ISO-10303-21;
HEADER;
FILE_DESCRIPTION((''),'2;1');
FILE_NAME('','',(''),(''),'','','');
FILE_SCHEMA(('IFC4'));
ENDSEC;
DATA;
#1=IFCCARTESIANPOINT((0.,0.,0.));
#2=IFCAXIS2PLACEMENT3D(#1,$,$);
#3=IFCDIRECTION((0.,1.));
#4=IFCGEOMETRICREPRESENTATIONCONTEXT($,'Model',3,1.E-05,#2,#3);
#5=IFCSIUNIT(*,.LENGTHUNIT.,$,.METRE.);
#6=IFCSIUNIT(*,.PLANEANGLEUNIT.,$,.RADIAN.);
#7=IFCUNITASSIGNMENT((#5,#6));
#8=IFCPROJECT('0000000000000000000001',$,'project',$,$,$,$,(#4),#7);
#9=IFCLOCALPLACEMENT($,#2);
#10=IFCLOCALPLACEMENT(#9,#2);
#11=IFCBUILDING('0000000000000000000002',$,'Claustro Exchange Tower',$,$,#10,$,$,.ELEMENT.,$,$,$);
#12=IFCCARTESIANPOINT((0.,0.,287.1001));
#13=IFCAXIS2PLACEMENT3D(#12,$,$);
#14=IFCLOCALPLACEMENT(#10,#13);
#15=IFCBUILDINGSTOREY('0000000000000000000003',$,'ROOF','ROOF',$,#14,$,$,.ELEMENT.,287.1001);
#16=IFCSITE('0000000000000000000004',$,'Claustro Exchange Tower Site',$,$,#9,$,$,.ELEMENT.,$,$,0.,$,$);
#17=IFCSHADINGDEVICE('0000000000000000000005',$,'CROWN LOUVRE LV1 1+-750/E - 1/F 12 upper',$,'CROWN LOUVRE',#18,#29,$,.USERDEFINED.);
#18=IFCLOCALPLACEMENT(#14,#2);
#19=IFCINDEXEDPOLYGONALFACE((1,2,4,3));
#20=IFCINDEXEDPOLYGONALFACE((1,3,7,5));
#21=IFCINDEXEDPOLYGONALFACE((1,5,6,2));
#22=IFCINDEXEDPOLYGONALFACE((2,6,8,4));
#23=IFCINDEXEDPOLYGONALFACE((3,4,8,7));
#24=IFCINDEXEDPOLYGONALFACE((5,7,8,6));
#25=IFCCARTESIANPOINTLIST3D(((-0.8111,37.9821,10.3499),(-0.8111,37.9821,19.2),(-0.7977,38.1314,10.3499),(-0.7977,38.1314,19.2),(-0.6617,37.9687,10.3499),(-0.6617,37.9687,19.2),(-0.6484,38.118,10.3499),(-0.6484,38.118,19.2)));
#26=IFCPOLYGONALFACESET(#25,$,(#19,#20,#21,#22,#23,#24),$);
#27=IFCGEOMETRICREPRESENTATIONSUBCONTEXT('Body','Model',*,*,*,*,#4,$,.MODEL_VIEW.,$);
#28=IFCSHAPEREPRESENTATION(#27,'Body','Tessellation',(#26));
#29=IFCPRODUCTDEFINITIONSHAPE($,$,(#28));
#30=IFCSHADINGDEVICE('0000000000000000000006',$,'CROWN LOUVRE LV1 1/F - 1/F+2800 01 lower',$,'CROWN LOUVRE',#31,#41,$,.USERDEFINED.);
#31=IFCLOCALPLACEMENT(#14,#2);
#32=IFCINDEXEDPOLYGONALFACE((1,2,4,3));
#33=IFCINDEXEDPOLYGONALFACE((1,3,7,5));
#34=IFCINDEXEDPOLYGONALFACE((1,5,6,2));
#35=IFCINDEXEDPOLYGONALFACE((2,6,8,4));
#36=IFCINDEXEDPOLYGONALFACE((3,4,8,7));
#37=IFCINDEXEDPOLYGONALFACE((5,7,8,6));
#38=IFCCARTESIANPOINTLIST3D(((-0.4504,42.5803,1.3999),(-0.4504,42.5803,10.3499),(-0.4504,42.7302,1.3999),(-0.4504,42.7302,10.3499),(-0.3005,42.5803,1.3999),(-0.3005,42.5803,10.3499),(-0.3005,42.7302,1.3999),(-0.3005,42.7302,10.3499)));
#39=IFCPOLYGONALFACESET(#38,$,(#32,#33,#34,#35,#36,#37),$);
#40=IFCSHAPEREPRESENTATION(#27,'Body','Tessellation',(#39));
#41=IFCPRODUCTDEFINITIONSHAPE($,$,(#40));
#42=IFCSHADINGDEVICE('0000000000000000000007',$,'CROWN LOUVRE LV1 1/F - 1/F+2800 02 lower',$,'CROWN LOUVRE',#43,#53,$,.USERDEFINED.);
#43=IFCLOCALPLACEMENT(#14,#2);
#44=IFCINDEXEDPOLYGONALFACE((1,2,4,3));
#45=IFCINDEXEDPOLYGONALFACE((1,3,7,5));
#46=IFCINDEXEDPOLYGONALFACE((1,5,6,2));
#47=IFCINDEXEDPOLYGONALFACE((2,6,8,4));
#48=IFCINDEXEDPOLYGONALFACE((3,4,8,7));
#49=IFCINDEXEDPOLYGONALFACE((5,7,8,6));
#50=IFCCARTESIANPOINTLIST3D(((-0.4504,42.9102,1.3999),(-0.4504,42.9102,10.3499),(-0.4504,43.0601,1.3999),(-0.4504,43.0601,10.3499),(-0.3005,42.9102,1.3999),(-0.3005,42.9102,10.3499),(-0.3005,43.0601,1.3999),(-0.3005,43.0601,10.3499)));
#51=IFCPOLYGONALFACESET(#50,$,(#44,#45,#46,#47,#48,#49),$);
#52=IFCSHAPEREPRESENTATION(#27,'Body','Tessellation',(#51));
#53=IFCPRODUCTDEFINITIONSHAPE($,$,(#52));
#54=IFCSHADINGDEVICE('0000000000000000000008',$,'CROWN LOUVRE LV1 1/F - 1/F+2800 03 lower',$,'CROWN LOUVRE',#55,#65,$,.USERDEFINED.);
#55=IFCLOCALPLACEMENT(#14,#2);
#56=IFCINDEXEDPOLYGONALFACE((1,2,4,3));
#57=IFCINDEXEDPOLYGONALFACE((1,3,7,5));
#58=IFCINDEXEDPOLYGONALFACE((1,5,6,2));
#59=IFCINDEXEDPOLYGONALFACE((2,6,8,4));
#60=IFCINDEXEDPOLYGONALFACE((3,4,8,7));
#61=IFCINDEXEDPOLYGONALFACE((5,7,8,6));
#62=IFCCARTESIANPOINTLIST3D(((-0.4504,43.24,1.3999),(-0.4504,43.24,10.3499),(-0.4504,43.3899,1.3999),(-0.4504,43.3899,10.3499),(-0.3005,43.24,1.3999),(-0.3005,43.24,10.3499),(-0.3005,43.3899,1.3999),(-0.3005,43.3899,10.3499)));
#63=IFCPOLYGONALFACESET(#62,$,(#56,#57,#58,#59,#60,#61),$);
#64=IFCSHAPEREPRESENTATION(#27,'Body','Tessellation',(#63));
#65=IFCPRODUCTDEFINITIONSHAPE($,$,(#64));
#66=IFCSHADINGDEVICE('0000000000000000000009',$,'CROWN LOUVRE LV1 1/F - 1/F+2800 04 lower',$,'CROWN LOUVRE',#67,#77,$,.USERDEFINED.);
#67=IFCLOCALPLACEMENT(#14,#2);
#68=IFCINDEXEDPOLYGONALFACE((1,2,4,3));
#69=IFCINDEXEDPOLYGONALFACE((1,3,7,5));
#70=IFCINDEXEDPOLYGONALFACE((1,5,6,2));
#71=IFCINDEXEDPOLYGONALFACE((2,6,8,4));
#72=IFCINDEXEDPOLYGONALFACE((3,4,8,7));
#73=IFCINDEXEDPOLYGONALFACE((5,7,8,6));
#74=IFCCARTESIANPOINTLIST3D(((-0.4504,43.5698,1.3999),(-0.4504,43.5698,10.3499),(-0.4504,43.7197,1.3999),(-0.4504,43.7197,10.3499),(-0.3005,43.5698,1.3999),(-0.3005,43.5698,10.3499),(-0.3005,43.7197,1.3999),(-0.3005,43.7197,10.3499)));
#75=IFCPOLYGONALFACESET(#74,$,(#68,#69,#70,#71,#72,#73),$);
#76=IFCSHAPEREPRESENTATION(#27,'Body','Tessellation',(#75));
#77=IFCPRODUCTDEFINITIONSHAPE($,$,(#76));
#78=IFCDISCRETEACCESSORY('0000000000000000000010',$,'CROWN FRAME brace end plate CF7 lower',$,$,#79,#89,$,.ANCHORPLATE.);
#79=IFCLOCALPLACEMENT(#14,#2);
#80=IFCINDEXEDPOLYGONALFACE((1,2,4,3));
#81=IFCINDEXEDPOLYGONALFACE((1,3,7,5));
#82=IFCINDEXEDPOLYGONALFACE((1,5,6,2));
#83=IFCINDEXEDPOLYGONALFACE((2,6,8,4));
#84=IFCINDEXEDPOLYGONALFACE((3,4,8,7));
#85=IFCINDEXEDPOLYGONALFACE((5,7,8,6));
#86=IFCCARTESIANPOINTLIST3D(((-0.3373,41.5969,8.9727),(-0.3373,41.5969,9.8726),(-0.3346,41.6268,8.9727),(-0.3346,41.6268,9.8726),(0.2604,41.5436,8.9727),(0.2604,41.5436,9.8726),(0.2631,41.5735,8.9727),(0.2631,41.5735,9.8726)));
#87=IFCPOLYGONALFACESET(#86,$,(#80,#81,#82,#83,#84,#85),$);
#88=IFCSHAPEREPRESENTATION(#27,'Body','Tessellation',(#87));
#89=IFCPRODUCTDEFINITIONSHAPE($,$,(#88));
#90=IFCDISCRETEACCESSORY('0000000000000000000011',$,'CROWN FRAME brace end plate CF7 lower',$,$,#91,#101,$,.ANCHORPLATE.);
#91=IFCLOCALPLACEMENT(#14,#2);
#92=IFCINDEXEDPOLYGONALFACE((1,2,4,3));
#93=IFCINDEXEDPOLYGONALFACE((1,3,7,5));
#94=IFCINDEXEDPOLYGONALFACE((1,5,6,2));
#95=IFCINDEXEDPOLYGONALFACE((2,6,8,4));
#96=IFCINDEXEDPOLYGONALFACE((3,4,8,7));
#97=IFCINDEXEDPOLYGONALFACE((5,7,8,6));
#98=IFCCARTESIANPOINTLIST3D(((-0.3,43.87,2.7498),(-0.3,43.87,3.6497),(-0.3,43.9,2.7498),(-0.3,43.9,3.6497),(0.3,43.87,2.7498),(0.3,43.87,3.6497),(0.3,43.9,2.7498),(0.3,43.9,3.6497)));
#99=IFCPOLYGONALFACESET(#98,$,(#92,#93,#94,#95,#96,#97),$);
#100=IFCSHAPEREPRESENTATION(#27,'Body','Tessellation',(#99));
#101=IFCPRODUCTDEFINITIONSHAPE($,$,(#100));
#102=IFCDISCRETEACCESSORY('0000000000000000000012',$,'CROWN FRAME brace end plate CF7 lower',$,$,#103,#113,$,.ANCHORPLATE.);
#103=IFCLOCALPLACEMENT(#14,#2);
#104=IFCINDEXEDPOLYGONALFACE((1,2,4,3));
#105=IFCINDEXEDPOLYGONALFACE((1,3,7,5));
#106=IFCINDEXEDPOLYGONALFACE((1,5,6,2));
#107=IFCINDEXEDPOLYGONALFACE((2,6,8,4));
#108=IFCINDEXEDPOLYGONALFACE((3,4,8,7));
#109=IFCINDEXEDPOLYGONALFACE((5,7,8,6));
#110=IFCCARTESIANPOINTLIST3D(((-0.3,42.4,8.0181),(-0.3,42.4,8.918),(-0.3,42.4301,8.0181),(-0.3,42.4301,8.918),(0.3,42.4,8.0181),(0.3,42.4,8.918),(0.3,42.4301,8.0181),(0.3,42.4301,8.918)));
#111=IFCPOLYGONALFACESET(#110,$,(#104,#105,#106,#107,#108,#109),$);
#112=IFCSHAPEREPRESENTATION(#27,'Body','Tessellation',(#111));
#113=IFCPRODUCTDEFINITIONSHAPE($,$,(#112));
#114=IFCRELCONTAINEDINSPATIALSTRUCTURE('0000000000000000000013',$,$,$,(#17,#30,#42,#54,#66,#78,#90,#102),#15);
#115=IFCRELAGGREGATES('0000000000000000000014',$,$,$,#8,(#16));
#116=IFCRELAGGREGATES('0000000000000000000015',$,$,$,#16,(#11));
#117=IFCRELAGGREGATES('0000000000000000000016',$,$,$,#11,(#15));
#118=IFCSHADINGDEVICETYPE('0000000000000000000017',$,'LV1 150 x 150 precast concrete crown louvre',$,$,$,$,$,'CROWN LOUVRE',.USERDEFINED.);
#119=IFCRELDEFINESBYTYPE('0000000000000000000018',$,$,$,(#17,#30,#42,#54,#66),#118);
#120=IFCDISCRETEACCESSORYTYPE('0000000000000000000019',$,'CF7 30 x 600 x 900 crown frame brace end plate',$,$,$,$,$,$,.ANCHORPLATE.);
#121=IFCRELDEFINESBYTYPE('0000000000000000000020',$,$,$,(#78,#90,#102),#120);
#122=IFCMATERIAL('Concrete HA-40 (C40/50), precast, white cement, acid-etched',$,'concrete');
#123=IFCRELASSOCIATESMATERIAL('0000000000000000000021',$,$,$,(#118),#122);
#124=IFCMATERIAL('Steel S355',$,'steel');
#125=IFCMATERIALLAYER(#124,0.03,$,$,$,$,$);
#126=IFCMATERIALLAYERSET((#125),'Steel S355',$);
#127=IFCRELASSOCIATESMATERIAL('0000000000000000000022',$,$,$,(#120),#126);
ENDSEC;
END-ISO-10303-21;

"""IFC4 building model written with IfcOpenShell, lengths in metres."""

from ifc_helpers import new_model, si_unit, direction, frame, origin, origin_2d, place, context, subcontext, project, spatial, rectangle, extrude, material, layer, layer_set, type_object, element, save


model = new_model("IFC4")

# Units and contexts
model_context = context("Model", 3, precision=1e-05, world=origin(), true_north=direction((0.0, 1.0)))
body_context = subcontext(model_context, "Body", "Model", "MODEL_VIEW")
ifc_project = project(units=[si_unit("LENGTHUNIT", "METRE"), si_unit("PLANEANGLEUNIT", "RADIAN")], contexts=[model_context])

# Site, building, storey
site_placement = place(None, origin())
site = spatial("IfcSite", under=ifc_project, at=site_placement, Name="Claustro Exchange Tower Site", CompositionType="ELEMENT", RefElevation=0.0)
building_placement = place(site_placement, origin())
building = spatial("IfcBuilding", under=site, at=building_placement, Name="Claustro Exchange Tower", CompositionType="ELEMENT")
storey_placement = place(building_placement, frame((0.0, 0.0, 287.1001)))
storey = spatial("IfcBuildingStorey", under=building, at=storey_placement, Name="ROOF", Description="ROOF", CompositionType="ELEMENT", Elevation=287.1001)

# Shading devices
ifc_material_1 = material(Name="Concrete HA-40 (C40/50), precast, white cement, acid-etched", Category="concrete")
shading_device_type = type_object("IfcShadingDeviceType", Name="LV1 150 x 150 precast concrete crown louvre", ElementType="CROWN LOUVRE", PredefinedType="USERDEFINED", material=ifc_material_1)
shading_device_placement = place(storey_placement, frame((-0.7297, 38.05, 10.3499), z_axis=(0.0, 0.0, 1.0), x_axis=(0.088933, 0.996038, 0.0)))
element("IfcShadingDevice", 1, at=shading_device_placement, inside=storey, type_object=shading_device_type, Name="CROWN LOUVRE LV1 1+-750/E - 1/F 12 upper", ObjectType="CROWN LOUVRE", PredefinedType="USERDEFINED", context=body_context, shape_type="SweptSolid", body=[
    extrude(rectangle(XDim=0.1499, YDim=0.1499, at=origin_2d()), origin(), (0.0, 0.0, 1.0), 8.8501),
])
for number, where, z_axis, x_axis, name in (
    (2, (-0.3755, 42.6553, 1.3999), (0.0, 0.0, 1.0), (0.0, 1.0, 0.0), "CROWN LOUVRE LV1 1/F - 1/F+2800 01 lower"),
    (3, (-0.3755, 42.9851, 1.3999), (0.0, 0.0, 1.0), (0.0, 1.0, 0.0), "CROWN LOUVRE LV1 1/F - 1/F+2800 02 lower"),
    (4, (-0.3755, 43.3149, 1.3999), (0.0, 0.0, 1.0), (0.0, 1.0, 0.0), "CROWN LOUVRE LV1 1/F - 1/F+2800 03 lower"),
    (5, (-0.3755, 43.6448, 1.3999), (0.0, 0.0, 1.0), (0.0, 1.0, 0.0), "CROWN LOUVRE LV1 1/F - 1/F+2800 04 lower"),
):
    element("IfcShadingDevice", number, at=place(storey_placement, frame(where, z_axis=z_axis, x_axis=x_axis)), inside=storey, type_object=shading_device_type, Name=name, ObjectType="CROWN LOUVRE", PredefinedType="USERDEFINED", context=body_context, shape_type="SweptSolid", body=[
        extrude(rectangle(XDim=0.1499, YDim=0.1499, at=origin_2d()), origin(), (0.0, 0.0, 1.0), 8.95),
    ])

# Discrete accessories
ifc_material_2 = material(Name="Steel S355", Category="steel")
ifc_layer = layer(ifc_material_2, 0.03)
ifc_layer_set = layer_set([ifc_layer], Name="Steel S355")
discrete_accessory_type = type_object("IfcDiscreteAccessoryType", Name="CF7 30 x 600 x 900 crown frame brace end plate", PredefinedType="ANCHORPLATE", material=ifc_layer_set)
for number, where, z_axis, x_axis, name in (
    (6, (-0.0371, 41.5852, 8.9727), (0.0, 0.0, 1.0), (0.088933, 0.996038, 0.0), "CROWN FRAME brace end plate CF7 lower"),
    (7, (0.0, 43.885, 2.7498), (0.0, 0.0, 1.0), (0.0, -1.0, 0.0), "CROWN FRAME brace end plate CF7 lower"),
    (8, (0.0, 42.415, 8.0181), (0.0, 0.0, 1.0), (0.0, -1.0, 0.0), "CROWN FRAME brace end plate CF7 lower"),
):
    element("IfcDiscreteAccessory", number, at=place(storey_placement, frame(where, z_axis=z_axis, x_axis=x_axis)), inside=storey, type_object=discrete_accessory_type, Name=name, PredefinedType="ANCHORPLATE", context=body_context, shape_type="SweptSolid", body=[
        extrude(rectangle(XDim=0.03, YDim=0.6001, at=origin_2d()), origin(), (0.0, 0.0, 1.0), 0.8999),
    ])

save(model, "model.ifc")
